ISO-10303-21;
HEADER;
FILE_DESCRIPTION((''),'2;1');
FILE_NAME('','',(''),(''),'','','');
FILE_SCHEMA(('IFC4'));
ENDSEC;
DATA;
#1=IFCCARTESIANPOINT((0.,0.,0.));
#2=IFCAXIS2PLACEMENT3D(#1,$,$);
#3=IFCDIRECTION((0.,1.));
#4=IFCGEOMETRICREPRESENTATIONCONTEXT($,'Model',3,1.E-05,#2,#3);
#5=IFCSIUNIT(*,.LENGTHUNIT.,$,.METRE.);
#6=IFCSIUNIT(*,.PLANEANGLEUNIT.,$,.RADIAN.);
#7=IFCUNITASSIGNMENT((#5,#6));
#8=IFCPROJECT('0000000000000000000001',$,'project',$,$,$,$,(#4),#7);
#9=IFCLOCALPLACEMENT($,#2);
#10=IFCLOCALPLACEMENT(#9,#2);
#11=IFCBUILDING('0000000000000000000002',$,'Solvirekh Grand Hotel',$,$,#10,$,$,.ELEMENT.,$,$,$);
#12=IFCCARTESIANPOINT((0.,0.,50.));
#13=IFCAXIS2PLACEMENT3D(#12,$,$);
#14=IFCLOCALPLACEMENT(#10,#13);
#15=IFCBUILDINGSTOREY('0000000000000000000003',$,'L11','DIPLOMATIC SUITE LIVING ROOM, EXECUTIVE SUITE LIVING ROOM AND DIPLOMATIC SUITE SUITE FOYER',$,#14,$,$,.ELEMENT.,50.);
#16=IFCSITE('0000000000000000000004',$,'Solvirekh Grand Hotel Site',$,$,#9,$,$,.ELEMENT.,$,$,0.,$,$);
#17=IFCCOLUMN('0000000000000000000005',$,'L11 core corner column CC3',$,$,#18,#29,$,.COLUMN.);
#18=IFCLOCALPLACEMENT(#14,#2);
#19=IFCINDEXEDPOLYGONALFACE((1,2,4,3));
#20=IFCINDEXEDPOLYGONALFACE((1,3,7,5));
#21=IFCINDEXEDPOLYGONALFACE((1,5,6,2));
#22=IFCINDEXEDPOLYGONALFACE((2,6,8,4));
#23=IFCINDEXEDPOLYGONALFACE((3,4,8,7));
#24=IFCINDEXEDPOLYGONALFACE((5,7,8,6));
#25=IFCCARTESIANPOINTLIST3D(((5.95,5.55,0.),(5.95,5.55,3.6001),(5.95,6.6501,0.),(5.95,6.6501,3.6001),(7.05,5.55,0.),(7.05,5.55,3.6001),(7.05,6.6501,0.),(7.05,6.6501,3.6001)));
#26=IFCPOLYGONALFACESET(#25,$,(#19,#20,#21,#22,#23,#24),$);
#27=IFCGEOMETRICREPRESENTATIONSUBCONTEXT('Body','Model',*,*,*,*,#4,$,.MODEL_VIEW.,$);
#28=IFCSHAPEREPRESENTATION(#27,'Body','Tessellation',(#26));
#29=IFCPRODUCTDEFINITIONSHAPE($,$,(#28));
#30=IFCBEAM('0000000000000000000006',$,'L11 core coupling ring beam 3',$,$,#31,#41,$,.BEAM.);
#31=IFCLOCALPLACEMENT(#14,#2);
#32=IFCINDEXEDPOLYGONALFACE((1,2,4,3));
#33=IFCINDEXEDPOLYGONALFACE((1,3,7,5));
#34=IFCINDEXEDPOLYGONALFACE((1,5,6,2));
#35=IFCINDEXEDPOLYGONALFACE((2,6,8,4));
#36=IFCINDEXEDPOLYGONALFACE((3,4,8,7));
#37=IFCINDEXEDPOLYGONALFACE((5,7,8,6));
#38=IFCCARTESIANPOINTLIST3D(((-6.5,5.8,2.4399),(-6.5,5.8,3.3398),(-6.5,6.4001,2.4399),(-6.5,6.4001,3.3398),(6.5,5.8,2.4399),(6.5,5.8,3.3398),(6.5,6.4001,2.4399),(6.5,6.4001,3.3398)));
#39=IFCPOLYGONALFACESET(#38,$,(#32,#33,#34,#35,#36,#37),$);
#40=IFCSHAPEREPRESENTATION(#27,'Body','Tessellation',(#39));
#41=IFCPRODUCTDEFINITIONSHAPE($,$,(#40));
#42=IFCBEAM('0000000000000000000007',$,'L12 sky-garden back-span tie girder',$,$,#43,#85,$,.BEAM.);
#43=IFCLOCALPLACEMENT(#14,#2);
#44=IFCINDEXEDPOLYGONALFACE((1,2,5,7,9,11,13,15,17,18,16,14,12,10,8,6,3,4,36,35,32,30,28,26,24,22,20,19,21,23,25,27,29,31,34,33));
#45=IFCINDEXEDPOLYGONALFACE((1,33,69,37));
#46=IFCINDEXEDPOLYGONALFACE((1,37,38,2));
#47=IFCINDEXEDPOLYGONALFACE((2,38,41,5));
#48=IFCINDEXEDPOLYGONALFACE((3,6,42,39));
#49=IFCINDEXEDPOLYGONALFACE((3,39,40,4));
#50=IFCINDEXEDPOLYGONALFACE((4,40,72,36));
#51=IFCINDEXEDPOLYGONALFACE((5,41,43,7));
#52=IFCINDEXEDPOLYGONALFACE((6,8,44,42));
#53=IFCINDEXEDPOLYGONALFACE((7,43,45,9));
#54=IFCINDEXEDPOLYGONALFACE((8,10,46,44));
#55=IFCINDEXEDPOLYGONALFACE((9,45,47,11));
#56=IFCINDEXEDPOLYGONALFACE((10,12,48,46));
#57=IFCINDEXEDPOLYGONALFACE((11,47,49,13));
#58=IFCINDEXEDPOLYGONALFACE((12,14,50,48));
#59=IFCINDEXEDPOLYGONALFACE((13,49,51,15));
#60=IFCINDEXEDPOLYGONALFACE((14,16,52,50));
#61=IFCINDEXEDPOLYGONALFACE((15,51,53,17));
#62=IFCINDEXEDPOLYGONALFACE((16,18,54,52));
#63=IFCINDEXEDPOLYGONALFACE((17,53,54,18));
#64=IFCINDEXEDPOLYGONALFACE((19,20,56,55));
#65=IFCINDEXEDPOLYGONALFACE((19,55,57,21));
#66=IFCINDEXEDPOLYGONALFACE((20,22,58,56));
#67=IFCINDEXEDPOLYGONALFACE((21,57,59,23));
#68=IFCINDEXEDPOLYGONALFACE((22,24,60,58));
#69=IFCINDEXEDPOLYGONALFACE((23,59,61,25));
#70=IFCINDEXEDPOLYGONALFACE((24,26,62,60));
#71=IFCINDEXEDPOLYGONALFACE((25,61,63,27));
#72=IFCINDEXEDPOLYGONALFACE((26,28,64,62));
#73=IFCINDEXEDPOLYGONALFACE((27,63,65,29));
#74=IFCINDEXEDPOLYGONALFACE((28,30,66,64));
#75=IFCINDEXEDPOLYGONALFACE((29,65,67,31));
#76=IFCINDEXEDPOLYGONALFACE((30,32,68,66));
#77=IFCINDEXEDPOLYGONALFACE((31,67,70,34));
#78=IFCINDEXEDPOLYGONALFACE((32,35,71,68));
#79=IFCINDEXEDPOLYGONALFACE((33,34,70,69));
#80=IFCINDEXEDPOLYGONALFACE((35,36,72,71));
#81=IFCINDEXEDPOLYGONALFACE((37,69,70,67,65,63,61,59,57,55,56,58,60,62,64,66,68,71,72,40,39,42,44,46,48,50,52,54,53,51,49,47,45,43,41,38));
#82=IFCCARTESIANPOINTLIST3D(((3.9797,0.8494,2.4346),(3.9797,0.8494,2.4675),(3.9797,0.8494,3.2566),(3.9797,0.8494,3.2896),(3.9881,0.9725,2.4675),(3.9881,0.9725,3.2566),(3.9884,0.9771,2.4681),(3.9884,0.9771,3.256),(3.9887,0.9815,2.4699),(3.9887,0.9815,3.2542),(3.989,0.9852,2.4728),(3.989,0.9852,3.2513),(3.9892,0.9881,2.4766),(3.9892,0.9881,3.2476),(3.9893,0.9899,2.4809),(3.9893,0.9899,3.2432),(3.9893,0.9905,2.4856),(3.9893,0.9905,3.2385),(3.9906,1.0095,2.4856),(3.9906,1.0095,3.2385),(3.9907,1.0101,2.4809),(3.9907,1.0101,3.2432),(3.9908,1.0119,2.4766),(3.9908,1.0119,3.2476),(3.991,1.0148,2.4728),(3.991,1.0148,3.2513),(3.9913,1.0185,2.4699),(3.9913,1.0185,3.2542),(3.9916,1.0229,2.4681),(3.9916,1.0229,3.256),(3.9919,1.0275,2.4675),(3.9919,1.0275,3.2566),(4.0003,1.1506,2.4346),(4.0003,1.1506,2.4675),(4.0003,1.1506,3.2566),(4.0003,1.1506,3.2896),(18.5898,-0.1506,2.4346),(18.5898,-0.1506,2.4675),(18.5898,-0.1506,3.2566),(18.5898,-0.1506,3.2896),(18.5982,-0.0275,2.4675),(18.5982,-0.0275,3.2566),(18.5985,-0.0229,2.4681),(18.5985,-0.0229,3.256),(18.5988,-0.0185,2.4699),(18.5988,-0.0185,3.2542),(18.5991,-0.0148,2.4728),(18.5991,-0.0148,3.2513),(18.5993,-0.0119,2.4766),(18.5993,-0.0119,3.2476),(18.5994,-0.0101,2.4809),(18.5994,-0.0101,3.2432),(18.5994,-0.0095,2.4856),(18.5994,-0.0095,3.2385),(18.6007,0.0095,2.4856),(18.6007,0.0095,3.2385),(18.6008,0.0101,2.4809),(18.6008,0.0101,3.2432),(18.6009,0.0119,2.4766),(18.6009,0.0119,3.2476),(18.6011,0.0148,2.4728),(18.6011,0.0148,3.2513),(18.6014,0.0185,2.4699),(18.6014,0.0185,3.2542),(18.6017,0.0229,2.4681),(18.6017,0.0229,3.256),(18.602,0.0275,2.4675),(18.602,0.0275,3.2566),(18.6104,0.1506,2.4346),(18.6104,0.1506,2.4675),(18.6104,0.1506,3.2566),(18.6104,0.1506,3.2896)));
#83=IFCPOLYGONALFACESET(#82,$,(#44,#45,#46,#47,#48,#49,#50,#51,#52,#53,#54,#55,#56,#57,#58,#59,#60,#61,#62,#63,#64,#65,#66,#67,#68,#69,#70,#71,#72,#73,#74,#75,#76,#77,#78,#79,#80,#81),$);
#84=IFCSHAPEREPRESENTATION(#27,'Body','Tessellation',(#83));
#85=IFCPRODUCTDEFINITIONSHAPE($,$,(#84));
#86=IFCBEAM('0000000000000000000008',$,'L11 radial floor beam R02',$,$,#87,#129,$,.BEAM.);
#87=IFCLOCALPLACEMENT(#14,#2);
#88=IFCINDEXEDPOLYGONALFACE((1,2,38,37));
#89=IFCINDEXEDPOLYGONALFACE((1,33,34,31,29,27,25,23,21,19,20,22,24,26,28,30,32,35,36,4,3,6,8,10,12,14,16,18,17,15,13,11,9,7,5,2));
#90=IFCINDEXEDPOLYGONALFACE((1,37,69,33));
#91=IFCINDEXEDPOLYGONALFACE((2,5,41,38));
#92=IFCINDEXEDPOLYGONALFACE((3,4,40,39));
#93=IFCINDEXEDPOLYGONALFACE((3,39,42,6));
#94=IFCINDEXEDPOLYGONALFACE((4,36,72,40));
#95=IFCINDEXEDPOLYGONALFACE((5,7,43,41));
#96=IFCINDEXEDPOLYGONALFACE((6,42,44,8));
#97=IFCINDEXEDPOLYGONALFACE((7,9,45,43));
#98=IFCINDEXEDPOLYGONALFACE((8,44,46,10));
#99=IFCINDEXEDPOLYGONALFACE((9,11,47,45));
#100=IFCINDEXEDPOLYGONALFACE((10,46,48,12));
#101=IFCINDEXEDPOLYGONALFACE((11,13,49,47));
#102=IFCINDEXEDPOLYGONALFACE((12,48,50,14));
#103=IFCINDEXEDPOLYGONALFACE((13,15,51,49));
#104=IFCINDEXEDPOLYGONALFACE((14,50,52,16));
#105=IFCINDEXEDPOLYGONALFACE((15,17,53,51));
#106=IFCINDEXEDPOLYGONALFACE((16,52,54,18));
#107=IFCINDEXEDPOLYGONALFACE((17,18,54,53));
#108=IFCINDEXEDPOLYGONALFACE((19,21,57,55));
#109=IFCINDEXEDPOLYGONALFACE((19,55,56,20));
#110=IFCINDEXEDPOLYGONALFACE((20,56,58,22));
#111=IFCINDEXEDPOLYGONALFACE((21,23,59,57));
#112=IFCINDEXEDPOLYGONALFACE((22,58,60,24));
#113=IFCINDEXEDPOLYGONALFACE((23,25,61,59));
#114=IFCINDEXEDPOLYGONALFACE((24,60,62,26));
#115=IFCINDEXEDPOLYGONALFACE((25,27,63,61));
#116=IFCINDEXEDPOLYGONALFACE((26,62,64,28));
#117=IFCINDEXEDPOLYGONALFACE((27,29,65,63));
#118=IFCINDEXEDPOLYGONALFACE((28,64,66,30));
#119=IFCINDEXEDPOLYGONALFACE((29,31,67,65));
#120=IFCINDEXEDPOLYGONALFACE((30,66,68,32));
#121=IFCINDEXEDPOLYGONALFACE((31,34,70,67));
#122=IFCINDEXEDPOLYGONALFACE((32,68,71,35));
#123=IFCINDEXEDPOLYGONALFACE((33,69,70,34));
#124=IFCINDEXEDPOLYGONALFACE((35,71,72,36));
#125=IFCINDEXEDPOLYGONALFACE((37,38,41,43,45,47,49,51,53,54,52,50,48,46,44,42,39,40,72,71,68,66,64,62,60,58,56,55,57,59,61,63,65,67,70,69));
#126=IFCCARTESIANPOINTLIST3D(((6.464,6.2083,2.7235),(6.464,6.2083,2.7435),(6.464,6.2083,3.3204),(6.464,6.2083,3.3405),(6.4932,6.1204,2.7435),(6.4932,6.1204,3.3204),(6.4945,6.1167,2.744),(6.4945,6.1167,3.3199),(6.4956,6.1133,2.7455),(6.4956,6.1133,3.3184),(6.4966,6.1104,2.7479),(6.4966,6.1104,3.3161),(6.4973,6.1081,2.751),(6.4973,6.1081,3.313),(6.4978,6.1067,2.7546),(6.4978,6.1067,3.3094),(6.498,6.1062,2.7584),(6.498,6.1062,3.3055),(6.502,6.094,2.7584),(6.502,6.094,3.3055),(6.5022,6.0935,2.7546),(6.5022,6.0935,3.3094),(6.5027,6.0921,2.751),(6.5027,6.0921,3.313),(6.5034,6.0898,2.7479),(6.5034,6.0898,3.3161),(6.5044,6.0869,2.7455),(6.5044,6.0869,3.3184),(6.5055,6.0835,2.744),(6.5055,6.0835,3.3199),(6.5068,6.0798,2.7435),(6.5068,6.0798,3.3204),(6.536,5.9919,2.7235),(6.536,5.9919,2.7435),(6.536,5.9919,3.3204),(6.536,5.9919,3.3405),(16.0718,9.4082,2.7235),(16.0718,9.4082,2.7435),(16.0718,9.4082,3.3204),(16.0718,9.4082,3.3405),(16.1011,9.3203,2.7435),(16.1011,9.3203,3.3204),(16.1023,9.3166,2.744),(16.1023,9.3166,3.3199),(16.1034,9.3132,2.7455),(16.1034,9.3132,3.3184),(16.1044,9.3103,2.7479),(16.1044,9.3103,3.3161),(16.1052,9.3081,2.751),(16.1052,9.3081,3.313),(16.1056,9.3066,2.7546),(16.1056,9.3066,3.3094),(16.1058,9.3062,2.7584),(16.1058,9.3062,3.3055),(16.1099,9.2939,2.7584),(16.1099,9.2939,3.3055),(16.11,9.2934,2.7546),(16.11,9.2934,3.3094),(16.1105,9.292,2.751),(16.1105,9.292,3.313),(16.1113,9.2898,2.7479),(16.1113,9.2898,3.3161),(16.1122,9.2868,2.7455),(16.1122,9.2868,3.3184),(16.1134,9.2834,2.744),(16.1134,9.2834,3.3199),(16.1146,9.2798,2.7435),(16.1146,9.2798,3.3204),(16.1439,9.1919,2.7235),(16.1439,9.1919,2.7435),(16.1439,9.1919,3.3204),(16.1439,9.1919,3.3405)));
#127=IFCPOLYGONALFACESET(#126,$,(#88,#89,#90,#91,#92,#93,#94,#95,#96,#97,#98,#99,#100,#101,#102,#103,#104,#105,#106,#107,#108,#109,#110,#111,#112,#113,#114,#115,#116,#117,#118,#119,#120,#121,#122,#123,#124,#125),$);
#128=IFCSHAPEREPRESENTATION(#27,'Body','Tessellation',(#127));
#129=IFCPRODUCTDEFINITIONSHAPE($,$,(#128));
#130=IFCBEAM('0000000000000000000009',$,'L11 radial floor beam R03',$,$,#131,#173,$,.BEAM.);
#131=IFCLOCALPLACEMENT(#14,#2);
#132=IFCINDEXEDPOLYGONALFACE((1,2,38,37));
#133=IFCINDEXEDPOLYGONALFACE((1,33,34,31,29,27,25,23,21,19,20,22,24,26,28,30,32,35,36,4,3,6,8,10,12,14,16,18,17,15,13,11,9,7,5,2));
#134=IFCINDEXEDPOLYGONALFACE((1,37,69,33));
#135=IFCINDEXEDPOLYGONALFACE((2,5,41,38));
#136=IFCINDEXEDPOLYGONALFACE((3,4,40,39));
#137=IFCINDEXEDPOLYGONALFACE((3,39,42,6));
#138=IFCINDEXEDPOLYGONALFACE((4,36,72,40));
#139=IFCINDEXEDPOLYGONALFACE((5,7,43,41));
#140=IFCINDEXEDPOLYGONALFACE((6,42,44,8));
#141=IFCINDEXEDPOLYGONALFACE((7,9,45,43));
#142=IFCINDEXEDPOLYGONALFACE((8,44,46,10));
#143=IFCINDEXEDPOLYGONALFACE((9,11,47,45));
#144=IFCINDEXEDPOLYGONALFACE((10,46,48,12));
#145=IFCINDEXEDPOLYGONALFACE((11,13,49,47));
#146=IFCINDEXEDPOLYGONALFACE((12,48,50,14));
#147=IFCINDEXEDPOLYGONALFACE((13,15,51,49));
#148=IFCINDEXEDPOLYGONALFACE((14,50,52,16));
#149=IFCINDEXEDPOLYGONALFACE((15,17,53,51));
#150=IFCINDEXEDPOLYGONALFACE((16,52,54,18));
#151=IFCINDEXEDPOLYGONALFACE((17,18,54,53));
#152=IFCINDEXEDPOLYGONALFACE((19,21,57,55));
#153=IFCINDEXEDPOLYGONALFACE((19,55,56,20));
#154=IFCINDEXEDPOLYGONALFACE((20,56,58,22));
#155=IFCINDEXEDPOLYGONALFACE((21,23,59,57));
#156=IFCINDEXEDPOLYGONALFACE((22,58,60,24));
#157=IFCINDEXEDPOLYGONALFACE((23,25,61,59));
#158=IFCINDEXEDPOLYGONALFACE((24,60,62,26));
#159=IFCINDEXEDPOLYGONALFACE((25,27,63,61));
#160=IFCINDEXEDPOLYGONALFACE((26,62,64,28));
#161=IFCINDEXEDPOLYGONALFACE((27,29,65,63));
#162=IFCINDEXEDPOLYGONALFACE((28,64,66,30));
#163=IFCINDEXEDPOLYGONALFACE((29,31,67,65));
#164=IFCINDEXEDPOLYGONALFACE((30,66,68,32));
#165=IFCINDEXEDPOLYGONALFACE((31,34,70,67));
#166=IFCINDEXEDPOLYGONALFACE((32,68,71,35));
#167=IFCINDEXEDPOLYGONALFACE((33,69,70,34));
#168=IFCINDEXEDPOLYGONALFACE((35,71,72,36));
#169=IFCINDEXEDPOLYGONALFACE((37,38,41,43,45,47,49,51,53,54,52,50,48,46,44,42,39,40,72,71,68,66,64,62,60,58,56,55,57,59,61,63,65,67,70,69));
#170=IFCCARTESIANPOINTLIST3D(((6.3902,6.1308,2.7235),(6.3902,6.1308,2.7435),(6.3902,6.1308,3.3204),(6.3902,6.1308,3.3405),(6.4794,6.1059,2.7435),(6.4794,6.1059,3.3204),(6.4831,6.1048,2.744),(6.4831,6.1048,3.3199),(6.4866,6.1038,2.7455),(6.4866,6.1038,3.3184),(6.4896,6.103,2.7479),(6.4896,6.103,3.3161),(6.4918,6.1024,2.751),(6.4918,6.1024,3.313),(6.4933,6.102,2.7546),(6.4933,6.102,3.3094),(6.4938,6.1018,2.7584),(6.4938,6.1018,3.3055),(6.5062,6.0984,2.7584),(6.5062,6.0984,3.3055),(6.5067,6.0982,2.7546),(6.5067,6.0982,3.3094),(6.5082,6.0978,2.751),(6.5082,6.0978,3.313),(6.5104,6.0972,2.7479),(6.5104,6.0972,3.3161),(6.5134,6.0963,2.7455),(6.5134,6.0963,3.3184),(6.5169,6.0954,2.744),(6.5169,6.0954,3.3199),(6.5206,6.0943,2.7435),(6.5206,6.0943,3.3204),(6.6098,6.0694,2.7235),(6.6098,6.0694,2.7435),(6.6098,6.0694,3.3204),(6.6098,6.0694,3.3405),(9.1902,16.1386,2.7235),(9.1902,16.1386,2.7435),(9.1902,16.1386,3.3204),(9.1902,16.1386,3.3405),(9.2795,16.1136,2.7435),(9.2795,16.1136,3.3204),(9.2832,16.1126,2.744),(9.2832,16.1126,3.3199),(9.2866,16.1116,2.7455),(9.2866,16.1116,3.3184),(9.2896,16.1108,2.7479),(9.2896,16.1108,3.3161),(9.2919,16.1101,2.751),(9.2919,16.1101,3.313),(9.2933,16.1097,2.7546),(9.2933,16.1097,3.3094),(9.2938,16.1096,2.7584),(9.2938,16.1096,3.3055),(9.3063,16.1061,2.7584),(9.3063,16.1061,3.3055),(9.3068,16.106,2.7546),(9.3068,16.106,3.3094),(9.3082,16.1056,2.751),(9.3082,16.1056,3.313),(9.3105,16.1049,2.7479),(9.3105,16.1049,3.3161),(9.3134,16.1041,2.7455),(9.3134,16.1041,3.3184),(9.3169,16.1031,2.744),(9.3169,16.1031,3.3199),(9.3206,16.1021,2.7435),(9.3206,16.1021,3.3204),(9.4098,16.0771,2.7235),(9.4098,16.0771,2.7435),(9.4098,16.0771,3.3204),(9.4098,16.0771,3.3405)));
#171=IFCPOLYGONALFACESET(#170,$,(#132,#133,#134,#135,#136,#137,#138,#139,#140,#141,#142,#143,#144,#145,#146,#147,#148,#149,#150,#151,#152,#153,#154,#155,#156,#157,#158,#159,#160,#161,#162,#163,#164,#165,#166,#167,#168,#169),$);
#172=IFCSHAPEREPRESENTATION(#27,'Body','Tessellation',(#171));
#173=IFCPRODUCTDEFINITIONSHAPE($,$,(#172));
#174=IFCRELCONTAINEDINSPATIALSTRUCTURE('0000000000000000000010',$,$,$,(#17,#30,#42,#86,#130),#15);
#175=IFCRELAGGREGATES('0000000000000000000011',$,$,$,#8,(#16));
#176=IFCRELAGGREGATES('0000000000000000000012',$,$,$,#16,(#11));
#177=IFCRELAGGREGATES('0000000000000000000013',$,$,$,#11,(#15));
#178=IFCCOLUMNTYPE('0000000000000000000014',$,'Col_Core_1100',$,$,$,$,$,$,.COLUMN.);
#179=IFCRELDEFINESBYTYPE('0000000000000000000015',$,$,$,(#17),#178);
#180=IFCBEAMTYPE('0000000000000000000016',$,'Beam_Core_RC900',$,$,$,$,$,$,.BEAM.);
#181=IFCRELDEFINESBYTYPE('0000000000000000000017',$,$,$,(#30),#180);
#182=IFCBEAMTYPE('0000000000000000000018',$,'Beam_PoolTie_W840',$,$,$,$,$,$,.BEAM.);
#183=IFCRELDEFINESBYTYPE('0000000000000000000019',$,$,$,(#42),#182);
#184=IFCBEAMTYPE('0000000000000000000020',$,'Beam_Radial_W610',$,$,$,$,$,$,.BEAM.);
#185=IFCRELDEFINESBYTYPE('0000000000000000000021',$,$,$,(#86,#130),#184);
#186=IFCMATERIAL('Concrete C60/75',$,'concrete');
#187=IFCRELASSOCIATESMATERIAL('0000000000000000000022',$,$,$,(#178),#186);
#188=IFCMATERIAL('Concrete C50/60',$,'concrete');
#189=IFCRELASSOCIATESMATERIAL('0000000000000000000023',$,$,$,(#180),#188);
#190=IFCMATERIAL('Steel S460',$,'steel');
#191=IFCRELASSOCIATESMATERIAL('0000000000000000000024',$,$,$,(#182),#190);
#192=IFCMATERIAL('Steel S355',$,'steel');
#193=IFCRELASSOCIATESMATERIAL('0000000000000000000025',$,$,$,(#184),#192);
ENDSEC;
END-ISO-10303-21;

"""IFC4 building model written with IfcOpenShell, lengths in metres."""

from ifc_helpers import new_model, si_unit, direction, frame, origin, origin_2d, place, context, subcontext, project, spatial, rectangle, i_section, extrude, material, material_profile, profile_set, type_object, element, save


model = new_model("IFC4")

# Units and contexts
model_context = context("Model", 3, precision=1e-05, world=origin(), true_north=direction((0.0, 1.0)))
body_context = subcontext(model_context, "Body", "Model", "MODEL_VIEW")
ifc_project = project(units=[si_unit("LENGTHUNIT", "METRE"), si_unit("PLANEANGLEUNIT", "RADIAN")], contexts=[model_context])

# Site, building, storey
site_placement = place(None, origin())
site = spatial("IfcSite", under=ifc_project, at=site_placement, Name="Solvirekh Grand Hotel Site", CompositionType="ELEMENT", RefElevation=0.0)
building_placement = place(site_placement, origin())
building = spatial("IfcBuilding", under=site, at=building_placement, Name="Solvirekh Grand Hotel", CompositionType="ELEMENT")
storey_placement = place(building_placement, frame((0.0, 0.0, 50.0)))
storey = spatial("IfcBuildingStorey", under=building, at=storey_placement, Name="L11", Description="DIPLOMATIC SUITE LIVING ROOM, EXECUTIVE SUITE LIVING ROOM AND DIPLOMATIC SUITE SUITE FOYER", CompositionType="ELEMENT", Elevation=50.0)

# Column
ifc_material_1 = material(Name="Concrete C60/75", Category="concrete")
ifc_material_profile_1 = material_profile(ifc_material_1, rectangle(XDim=1.1001, YDim=1.1001, at=origin_2d()), Name="RC 1100X1100")
ifc_profile_set_1 = profile_set([ifc_material_profile_1], Name="Concrete C60/75")
column_type = type_object("IfcColumnType", Name="Col_Core_1100", PredefinedType="COLUMN", material=ifc_profile_set_1)
column_placement = place(storey_placement, frame((6.5, 6.1001, 0.0), z_axis=(0.0, 0.0, 1.0), x_axis=(1.0, 0.0, 0.0)))
element("IfcColumn", 1, at=column_placement, inside=storey, type_object=column_type, Name="L11 core corner column CC3", PredefinedType="COLUMN", context=body_context, shape_type="SweptSolid", body=[
    extrude(rectangle(XDim=1.1001, YDim=1.1001, at=origin_2d()), origin(), (0.0, 0.0, 1.0), 3.6001),
])

# Beams
ifc_material_2 = material(Name="Concrete C50/60", Category="concrete")
ifc_material_profile_2 = material_profile(ifc_material_2, rectangle(XDim=0.6001, YDim=0.8999, at=origin_2d()), Name="RC BEAM 600X900")
ifc_profile_set_2 = profile_set([ifc_material_profile_2], Name="Concrete C50/60")
beam_type_1 = type_object("IfcBeamType", Name="Beam_Core_RC900", PredefinedType="BEAM", material=ifc_profile_set_2)
beam_1_placement = place(storey_placement, frame((6.5, 6.1001, 2.8899), z_axis=(-1.0, 0.0, 0.0), x_axis=(0.0, -1.0, 0.0)))
element("IfcBeam", 2, at=beam_1_placement, inside=storey, type_object=beam_type_1, Name="L11 core coupling ring beam 3", PredefinedType="BEAM", context=body_context, shape_type="SweptSolid", body=[
    extrude(rectangle(XDim=0.6001, YDim=0.8999, at=origin_2d()), origin(), (0.0, 0.0, 1.0), 13.0),
])
ifc_material_3 = material(Name="Steel S460", Category="steel")
ifc_material_profile_3 = material_profile(ifc_material_3, i_section(OverallWidth=0.302, OverallDepth=0.855, WebThickness=0.019, FlangeThickness=0.033, FilletRadius=0.0181, at=origin_2d()), Name="W840X299")
ifc_profile_set_3 = profile_set([ifc_material_profile_3], Name="Steel S460")
beam_type_2 = type_object("IfcBeamType", Name="Beam_PoolTie_W840", PredefinedType="BEAM", material=ifc_profile_set_3)
beam_2_placement = place(storey_placement, frame((3.99, 1.0, 2.8621), z_axis=(0.997666, -0.068286, 0.0), x_axis=(0.068286, 0.997666, 0.0)))
element("IfcBeam", 3, at=beam_2_placement, inside=storey, type_object=beam_type_2, Name="L12 sky-garden back-span tie girder", PredefinedType="BEAM", context=body_context, shape_type="SweptSolid", body=[
    extrude(i_section(OverallWidth=0.302, OverallDepth=0.855, WebThickness=0.019, FlangeThickness=0.033, FilletRadius=0.0181, at=origin_2d()), origin(), (0.0, 0.0, 1.0), 14.6443),
])
ifc_material_4 = material(Name="Steel S355", Category="steel")
ifc_material_profile_4 = material_profile(ifc_material_4, i_section(OverallWidth=0.228, OverallDepth=0.6169, WebThickness=0.0129, FlangeThickness=0.02, FilletRadius=0.0149, at=origin_2d()), Name="W610X140")
ifc_profile_set_4 = profile_set([ifc_material_profile_4], Name="Steel S355")
beam_type_3 = type_object("IfcBeamType", Name="Beam_Radial_W610", PredefinedType="BEAM", material=ifc_profile_set_4)
beam_3_placement = place(storey_placement, frame((6.5, 6.1001, 3.032), z_axis=(0.948763, 0.315989, 0.0), x_axis=(-0.315989, 0.948763, 0.0)))
element("IfcBeam", 4, at=beam_3_placement, inside=storey, type_object=beam_type_3, Name="L11 radial floor beam R02", PredefinedType="BEAM", context=body_context, shape_type="SweptSolid", body=[
    extrude(i_section(OverallWidth=0.228, OverallDepth=0.6169, WebThickness=0.0129, FlangeThickness=0.02, FilletRadius=0.0149, at=origin_2d()), origin(), (0.0, 0.0, 1.0), 10.1267),
])
beam_4_placement = place(storey_placement, frame((6.5, 6.1001, 3.032), z_axis=(0.269439, 0.963017, 0.0), x_axis=(-0.963017, 0.269439, 0.0)))
element("IfcBeam", 5, at=beam_4_placement, inside=storey, type_object=beam_type_3, Name="L11 radial floor beam R03", PredefinedType="BEAM", context=body_context, shape_type="SweptSolid", body=[
    extrude(i_section(OverallWidth=0.228, OverallDepth=0.6169, WebThickness=0.0129, FlangeThickness=0.02, FilletRadius=0.0149, at=origin_2d()), origin(), (0.0, 0.0, 1.0), 10.3921),
])

save(model, "model.ifc")
